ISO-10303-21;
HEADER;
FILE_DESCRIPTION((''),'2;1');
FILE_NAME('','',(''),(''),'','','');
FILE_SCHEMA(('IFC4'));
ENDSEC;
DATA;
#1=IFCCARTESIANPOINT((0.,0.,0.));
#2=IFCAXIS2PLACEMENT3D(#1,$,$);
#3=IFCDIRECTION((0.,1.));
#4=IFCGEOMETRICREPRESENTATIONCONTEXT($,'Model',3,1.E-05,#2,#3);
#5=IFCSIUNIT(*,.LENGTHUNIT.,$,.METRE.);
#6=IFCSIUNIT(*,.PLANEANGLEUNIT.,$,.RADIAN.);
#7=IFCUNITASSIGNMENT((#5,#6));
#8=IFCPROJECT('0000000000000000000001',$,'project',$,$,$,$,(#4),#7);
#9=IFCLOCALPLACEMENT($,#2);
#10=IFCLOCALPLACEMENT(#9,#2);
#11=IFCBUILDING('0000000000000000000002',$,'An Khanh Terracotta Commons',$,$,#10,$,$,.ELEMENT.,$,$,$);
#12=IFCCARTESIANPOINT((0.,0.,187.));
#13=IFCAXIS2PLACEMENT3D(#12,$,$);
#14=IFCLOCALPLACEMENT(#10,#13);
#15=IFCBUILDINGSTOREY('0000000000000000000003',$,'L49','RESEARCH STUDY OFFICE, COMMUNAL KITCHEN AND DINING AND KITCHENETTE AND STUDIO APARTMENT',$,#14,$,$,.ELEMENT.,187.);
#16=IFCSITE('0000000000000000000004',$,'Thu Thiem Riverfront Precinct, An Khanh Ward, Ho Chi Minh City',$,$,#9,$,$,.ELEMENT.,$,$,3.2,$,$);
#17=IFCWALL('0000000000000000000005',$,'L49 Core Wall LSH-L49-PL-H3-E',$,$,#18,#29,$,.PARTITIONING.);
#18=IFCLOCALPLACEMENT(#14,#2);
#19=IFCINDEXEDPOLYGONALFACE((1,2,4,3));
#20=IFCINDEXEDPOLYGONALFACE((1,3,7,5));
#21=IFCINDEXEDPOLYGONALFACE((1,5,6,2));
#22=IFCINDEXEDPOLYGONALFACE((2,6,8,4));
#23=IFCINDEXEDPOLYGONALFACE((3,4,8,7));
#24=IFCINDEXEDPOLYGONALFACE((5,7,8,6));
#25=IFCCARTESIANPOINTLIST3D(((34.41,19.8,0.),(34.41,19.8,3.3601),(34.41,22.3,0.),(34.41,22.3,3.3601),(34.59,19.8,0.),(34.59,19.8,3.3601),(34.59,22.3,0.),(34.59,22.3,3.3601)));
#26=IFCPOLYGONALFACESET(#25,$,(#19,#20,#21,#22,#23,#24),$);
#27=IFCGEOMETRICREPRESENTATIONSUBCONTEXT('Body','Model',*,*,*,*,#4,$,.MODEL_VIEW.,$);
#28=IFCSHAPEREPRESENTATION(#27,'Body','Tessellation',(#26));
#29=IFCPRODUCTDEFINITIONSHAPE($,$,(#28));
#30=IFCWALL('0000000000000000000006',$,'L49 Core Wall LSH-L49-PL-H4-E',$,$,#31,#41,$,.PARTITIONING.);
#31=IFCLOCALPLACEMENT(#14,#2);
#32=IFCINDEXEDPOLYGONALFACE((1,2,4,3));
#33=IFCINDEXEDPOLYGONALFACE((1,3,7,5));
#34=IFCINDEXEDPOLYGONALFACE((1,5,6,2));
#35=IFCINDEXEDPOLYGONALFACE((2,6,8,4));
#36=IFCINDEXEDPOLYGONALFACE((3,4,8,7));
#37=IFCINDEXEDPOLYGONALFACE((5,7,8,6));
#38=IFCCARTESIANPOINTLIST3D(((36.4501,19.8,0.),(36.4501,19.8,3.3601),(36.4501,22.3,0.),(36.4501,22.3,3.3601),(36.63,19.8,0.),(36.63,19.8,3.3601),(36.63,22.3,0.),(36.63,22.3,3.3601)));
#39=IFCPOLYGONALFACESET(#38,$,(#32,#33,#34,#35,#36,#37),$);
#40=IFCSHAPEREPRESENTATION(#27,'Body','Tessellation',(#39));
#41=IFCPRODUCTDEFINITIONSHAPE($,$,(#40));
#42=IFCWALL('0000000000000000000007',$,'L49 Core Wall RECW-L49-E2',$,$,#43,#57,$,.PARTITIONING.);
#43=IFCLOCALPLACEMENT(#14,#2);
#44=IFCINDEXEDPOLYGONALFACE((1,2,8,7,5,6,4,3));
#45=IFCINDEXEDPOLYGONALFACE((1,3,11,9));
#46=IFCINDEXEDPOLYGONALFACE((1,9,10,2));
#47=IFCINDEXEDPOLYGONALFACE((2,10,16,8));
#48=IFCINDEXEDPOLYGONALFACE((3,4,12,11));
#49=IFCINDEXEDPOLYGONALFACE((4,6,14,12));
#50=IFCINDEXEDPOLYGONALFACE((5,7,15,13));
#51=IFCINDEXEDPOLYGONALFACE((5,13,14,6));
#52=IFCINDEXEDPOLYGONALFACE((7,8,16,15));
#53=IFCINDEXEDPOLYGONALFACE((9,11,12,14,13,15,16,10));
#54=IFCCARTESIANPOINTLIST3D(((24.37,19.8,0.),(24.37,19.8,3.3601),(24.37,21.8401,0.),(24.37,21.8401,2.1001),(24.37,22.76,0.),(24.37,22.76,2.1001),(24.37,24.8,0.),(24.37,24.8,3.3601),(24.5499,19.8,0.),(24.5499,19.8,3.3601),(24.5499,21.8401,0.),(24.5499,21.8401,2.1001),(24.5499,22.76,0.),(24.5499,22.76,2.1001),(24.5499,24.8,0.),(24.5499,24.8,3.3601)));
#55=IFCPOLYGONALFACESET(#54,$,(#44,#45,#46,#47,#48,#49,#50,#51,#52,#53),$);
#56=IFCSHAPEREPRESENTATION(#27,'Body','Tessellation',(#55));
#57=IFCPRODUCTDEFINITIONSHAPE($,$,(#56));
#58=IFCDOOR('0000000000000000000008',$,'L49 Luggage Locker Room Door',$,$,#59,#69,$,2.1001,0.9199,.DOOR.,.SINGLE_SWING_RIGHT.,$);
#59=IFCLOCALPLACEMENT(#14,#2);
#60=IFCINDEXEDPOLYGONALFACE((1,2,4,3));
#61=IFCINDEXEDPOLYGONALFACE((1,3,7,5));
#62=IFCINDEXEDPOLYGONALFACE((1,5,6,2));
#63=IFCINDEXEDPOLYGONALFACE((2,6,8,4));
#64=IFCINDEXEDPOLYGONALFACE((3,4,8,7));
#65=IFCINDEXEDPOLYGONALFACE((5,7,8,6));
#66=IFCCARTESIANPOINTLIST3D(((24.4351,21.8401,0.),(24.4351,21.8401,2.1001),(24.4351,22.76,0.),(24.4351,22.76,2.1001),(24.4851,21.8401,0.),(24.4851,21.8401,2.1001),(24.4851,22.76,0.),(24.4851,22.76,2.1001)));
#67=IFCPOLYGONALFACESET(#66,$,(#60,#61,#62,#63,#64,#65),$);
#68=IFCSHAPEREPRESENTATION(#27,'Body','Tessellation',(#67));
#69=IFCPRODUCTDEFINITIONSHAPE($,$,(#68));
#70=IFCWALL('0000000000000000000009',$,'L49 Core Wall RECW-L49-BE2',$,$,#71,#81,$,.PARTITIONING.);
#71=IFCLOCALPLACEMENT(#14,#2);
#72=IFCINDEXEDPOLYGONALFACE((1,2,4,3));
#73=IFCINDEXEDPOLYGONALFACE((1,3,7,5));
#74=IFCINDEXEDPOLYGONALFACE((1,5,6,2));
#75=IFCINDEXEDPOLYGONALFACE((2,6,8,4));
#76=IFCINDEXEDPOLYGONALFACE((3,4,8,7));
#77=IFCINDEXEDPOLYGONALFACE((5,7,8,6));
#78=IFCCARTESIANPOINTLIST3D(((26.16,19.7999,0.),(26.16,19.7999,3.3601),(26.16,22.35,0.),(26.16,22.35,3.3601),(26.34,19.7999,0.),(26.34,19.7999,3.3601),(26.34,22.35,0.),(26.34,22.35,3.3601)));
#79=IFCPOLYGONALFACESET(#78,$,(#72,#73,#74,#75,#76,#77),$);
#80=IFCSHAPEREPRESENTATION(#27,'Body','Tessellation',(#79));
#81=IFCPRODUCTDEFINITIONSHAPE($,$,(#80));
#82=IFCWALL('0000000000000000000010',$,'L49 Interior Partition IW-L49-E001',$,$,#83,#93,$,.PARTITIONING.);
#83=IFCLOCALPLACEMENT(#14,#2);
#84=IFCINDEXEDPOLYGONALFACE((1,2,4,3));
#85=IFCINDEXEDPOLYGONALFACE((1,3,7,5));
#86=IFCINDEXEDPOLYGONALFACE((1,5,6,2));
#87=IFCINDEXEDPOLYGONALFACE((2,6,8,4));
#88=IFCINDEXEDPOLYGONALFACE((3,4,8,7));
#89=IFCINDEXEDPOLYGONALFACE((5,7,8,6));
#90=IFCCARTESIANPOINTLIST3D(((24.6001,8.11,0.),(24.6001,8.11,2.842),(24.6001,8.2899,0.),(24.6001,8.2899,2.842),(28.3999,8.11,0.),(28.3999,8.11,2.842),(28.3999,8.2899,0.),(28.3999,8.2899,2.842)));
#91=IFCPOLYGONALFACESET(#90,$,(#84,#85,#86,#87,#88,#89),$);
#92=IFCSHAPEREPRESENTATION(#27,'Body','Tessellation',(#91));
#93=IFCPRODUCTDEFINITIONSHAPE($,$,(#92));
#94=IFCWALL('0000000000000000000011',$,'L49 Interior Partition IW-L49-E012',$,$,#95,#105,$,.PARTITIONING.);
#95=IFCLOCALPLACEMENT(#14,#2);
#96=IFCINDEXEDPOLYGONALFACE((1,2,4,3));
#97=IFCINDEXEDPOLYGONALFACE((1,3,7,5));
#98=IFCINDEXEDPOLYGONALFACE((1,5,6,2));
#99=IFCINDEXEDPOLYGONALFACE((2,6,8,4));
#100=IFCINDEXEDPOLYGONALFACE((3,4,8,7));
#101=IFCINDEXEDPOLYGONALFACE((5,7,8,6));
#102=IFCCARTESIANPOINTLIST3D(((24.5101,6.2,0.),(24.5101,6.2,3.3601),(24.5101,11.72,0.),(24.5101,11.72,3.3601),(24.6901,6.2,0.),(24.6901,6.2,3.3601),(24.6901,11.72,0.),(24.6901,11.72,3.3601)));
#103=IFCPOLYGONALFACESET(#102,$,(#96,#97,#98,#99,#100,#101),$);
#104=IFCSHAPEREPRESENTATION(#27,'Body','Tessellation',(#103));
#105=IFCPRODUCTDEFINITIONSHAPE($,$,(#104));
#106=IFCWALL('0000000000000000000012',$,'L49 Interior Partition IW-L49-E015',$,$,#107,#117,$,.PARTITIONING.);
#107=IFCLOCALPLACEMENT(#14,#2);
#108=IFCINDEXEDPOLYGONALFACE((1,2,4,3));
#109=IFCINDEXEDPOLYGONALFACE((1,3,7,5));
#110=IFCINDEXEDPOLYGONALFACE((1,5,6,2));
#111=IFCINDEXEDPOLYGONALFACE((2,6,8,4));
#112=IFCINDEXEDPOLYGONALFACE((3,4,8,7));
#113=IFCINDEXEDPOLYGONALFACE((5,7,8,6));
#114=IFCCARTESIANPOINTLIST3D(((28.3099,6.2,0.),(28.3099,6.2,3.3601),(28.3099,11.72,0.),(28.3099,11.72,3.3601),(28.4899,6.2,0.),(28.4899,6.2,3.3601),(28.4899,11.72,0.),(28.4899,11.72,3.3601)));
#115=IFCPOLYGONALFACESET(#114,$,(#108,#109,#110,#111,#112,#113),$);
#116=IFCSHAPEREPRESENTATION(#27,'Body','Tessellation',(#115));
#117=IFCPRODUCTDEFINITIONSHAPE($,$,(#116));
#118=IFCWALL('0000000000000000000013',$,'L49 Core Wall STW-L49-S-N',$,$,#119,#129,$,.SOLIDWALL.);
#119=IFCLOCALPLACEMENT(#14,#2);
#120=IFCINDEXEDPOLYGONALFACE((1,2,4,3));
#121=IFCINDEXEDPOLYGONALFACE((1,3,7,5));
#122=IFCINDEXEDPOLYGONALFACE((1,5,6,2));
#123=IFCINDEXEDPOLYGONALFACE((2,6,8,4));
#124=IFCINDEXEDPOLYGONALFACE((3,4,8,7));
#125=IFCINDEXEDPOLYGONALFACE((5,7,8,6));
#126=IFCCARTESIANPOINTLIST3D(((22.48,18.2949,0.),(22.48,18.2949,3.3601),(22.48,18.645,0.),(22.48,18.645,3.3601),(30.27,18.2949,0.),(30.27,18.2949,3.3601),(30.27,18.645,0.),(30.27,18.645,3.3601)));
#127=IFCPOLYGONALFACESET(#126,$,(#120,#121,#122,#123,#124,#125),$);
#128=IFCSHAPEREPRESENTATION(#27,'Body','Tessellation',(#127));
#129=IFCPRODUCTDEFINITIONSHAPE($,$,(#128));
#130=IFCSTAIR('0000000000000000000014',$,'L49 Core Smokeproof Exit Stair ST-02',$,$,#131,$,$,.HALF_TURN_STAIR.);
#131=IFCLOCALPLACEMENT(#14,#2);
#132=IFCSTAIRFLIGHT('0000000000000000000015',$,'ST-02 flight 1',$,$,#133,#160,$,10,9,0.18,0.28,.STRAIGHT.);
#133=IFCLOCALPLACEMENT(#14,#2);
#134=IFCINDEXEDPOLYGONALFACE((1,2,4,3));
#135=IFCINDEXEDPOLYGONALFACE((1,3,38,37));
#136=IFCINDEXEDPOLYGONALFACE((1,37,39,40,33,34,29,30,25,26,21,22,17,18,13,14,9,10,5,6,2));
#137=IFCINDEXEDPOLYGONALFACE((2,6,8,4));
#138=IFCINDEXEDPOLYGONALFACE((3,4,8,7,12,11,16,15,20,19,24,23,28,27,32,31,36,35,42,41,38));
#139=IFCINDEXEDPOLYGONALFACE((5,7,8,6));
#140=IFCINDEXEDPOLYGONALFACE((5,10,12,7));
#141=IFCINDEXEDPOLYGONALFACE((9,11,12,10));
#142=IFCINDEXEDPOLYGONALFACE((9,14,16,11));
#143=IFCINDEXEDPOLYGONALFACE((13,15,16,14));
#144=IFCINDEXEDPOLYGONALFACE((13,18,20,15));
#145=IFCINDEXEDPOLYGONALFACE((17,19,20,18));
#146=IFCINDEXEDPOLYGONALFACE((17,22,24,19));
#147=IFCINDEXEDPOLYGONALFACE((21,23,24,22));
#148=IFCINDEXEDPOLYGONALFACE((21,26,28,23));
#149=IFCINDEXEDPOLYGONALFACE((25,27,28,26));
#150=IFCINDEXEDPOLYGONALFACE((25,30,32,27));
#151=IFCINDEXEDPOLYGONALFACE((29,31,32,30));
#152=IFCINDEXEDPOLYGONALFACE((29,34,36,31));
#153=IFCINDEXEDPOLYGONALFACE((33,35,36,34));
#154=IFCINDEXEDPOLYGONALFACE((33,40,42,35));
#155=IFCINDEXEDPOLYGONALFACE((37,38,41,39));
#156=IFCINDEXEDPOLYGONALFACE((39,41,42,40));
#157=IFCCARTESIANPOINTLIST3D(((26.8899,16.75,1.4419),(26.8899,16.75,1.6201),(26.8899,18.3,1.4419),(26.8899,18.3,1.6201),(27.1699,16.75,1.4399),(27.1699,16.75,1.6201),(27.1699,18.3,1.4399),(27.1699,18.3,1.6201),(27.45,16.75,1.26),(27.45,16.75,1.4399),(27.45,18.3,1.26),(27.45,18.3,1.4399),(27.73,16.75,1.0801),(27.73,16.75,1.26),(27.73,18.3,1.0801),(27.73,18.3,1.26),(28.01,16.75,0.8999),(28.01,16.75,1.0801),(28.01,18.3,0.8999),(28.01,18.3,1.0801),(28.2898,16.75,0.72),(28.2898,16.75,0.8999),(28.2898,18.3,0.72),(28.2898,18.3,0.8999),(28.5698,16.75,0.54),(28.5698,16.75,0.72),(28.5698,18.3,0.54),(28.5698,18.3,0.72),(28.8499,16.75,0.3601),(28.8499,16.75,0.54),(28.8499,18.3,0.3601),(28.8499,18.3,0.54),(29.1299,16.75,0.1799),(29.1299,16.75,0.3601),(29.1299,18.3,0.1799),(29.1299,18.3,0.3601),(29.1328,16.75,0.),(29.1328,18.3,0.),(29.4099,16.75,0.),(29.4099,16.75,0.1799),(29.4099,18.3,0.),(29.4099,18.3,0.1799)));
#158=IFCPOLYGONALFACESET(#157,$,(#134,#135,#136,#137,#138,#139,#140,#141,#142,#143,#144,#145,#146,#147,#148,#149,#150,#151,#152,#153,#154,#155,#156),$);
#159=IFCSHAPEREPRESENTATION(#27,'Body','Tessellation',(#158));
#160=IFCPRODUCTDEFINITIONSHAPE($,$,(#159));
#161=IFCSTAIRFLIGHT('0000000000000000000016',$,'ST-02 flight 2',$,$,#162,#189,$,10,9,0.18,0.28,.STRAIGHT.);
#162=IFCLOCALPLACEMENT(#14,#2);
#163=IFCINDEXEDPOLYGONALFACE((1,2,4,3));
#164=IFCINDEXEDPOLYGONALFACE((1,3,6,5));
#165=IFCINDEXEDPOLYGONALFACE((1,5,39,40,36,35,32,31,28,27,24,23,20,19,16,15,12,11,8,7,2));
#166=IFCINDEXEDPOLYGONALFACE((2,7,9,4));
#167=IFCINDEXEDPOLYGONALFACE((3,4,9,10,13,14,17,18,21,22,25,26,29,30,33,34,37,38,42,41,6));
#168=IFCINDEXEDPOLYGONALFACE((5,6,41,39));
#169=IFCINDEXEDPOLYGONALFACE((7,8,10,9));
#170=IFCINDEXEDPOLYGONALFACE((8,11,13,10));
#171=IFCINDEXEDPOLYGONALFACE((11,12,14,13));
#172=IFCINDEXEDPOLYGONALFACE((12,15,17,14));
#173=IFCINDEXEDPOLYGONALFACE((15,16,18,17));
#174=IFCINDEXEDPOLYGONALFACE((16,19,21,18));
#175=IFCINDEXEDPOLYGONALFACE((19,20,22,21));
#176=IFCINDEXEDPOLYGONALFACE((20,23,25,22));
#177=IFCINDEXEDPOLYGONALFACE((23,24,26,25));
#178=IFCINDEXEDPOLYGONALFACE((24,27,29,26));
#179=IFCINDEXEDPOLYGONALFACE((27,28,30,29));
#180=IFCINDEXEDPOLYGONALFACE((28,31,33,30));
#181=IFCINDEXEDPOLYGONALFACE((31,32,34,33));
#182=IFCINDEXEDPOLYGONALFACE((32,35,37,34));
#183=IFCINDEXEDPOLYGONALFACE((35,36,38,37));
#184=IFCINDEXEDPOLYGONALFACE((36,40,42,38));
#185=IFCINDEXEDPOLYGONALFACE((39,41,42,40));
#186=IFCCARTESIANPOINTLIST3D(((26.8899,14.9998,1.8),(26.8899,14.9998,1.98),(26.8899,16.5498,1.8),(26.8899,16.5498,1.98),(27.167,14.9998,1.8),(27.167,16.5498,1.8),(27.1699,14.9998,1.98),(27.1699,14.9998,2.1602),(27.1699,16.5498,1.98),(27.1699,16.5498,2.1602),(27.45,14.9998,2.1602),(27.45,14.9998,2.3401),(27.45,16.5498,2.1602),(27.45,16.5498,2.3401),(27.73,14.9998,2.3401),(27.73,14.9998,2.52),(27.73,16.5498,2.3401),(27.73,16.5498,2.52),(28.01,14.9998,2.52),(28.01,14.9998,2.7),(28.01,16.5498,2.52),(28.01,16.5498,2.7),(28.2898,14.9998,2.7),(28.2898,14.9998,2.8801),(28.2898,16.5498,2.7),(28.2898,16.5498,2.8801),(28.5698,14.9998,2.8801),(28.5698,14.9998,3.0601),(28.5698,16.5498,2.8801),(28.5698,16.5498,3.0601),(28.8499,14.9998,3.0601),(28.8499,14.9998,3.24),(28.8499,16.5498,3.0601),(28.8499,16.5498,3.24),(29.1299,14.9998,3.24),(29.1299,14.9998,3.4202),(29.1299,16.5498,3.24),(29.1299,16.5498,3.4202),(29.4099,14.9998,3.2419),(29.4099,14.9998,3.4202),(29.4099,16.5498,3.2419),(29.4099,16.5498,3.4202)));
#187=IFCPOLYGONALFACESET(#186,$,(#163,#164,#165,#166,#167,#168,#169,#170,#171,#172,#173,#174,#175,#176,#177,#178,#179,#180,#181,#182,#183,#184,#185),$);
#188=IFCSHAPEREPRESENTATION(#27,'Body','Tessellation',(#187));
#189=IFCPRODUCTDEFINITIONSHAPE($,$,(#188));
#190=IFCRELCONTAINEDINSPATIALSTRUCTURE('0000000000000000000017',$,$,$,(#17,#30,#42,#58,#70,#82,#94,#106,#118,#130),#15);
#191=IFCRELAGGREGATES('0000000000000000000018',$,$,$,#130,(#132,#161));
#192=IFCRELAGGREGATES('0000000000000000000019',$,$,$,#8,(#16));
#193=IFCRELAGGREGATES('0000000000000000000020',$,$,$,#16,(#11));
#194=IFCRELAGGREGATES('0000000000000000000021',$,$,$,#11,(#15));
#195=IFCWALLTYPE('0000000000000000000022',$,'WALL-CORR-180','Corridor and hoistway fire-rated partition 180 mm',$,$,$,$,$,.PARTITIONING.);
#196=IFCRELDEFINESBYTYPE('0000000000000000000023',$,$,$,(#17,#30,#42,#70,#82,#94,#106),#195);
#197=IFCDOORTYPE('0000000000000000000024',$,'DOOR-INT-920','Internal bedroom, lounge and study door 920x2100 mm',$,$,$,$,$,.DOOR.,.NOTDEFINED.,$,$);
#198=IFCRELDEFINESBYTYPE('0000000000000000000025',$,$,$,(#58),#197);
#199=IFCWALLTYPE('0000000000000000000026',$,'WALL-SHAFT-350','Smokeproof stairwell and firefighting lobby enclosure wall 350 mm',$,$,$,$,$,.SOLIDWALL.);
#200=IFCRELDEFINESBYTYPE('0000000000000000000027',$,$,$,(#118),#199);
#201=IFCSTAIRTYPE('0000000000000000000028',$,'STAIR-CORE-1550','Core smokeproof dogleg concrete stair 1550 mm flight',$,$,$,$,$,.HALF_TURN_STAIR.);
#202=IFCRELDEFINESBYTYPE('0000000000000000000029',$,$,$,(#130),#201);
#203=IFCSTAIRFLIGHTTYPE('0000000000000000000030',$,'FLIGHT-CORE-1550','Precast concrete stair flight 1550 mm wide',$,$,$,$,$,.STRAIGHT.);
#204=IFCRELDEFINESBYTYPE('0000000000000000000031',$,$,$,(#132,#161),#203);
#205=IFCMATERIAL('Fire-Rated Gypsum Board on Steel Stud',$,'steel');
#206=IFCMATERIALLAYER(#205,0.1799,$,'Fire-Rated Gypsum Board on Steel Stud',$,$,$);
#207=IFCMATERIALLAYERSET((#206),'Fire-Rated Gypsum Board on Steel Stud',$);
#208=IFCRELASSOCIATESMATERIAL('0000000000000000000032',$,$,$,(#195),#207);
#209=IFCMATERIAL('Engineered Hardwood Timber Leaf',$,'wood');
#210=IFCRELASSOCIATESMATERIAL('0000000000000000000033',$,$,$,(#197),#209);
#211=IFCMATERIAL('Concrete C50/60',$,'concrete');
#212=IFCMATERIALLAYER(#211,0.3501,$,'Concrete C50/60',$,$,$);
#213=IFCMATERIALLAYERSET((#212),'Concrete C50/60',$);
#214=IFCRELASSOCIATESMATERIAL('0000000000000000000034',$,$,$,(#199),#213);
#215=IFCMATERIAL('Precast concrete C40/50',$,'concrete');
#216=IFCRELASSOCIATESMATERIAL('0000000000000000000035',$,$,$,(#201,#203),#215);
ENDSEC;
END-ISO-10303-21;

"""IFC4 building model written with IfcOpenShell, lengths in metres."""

from ifc_helpers import new_model, si_unit, direction, frame, frame_2d, origin, place, context, subcontext, project, spatial, polyline, rectangle, outline, extrude, material, layer, layer_set, type_object, element, fill, aggregate, save


model = new_model("IFC4")

# Units and contexts
model_context = context("Model", 3, precision=1e-05, world=origin(), true_north=direction((0.0, 1.0)))
body_context = subcontext(model_context, "Body", "Model", "MODEL_VIEW")
ifc_project = project(units=[si_unit("LENGTHUNIT", "METRE"), si_unit("PLANEANGLEUNIT", "RADIAN")], contexts=[model_context])

# Site, building, storey
site_placement = place(None, origin())
site = spatial("IfcSite", under=ifc_project, at=site_placement, Name="Thu Thiem Riverfront Precinct, An Khanh Ward, Ho Chi Minh City", CompositionType="ELEMENT", RefElevation=3.2)
building_placement = place(site_placement, origin())
building = spatial("IfcBuilding", under=site, at=building_placement, Name="An Khanh Terracotta Commons", CompositionType="ELEMENT")
storey_placement = place(building_placement, frame((0.0, 0.0, 187.0)))
storey = spatial("IfcBuildingStorey", under=building, at=storey_placement, Name="L49", Description="RESEARCH STUDY OFFICE, COMMUNAL KITCHEN AND DINING AND KITCHENETTE AND STUDIO APARTMENT", CompositionType="ELEMENT", Elevation=187.0)

# Shared definitions
ifc_material_1 = material(Name="Fire-Rated Gypsum Board on Steel Stud", Category="steel")
ifc_layer_1 = layer(ifc_material_1, 0.1799, Name="Fire-Rated Gypsum Board on Steel Stud")
ifc_layer_set_1 = layer_set([ifc_layer_1], Name="Fire-Rated Gypsum Board on Steel Stud")
wall_type_1 = type_object("IfcWallType", Name="WALL-CORR-180", Description="Corridor and hoistway fire-rated partition 180 mm", PredefinedType="PARTITIONING", material=ifc_layer_set_1)

# Walls
for number, where, z_axis, x_axis, name in (
    (1, (34.5, 19.8, 0.0), (0.0, 0.0, 1.0), (0.0, 1.0, 0.0), "L49 Core Wall LSH-L49-PL-H3-E"),
    (2, (36.54, 19.8, 0.0), (0.0, 0.0, 1.0), (0.0, 1.0, 0.0), "L49 Core Wall LSH-L49-PL-H4-E"),
):
    element("IfcWall", number, at=place(storey_placement, frame(where, z_axis=z_axis, x_axis=x_axis)), inside=storey, type_object=wall_type_1, Name=name, PredefinedType="PARTITIONING", context=body_context, shape_type="SweptSolid", body=[
        extrude(rectangle(XDim=2.5, YDim=0.1799, at=frame_2d((1.25, 0.0))), origin(), (0.0, 0.0, 1.0), 3.3601),
    ])

# Wall, opening, door
wall_1_placement = place(storey_placement, frame((24.46, 19.8, 0.0), z_axis=(0.0, 0.0, 1.0), x_axis=(0.0, 1.0, 0.0)))
wall_1 = element("IfcWall", 3, at=wall_1_placement, inside=storey, type_object=wall_type_1, Name="L49 Core Wall RECW-L49-E2", PredefinedType="PARTITIONING", context=body_context, shape_type="SweptSolid", body=[
    extrude(rectangle(XDim=5.0, YDim=0.1799, at=frame_2d((2.5, 0.0))), origin(), (0.0, 0.0, 1.0), 3.3601),
])
opening_1_placement = place(wall_1_placement, frame((2.04, 0.0, 0.0)))
opening_1 = element("IfcOpeningElement", 4, at=opening_1_placement, cuts=wall_1, PredefinedType="OPENING", context=body_context, shape_type="SweptSolid", body=[
    extrude(rectangle(XDim=0.9199, YDim=2.1001, at=frame_2d((0.46, 1.05))), frame((0.0, 0.0999, 0.0), z_axis=(0.0, -1.0, 0.0), x_axis=(1.0, 0.0, 0.0)), (0.0, 0.0, 1.0), 0.2),
])
ifc_material_2 = material(Name="Engineered Hardwood Timber Leaf", Category="wood")
door_type_1 = type_object("IfcDoorType", Name="DOOR-INT-920", Description="Internal bedroom, lounge and study door 920x2100 mm", OperationType="NOTDEFINED", PredefinedType="DOOR", material=ifc_material_2)
door_1_placement = place(opening_1_placement, origin())
door_1 = element("IfcDoor", 5, at=door_1_placement, inside=storey, type_object=door_type_1, Name="L49 Luggage Locker Room Door", OperationType="SINGLE_SWING_RIGHT", OverallHeight=2.1001, OverallWidth=0.9199, PredefinedType="DOOR", context=body_context, shape_type="SweptSolid", body=[
    extrude(rectangle(XDim=0.9199, YDim=2.1001, at=frame_2d((0.46, 1.05))), frame((0.0, 0.0249, 0.0), z_axis=(0.0, -1.0, 0.0), x_axis=(1.0, 0.0, 0.0)), (0.0, 0.0, 1.0), 0.05),
])
fill(opening_1, door_1)

# Walls
wall_2_placement = place(storey_placement, frame((26.25, 19.8, 0.0), z_axis=(0.0, 0.0, 1.0), x_axis=(0.0, 1.0, 0.0)))
element("IfcWall", 6, at=wall_2_placement, inside=storey, type_object=wall_type_1, Name="L49 Core Wall RECW-L49-BE2", PredefinedType="PARTITIONING", context=body_context, shape_type="SweptSolid", body=[
    extrude(rectangle(XDim=2.55, YDim=0.1799, at=frame_2d((1.2749, 0.0))), origin(), (0.0, 0.0, 1.0), 3.3601),
])
wall_3_placement = place(storey_placement, frame((24.6001, 8.2, 0.0), z_axis=(0.0, 0.0, 1.0), x_axis=(1.0, 0.0, 0.0)))
element("IfcWall", 7, at=wall_3_placement, inside=storey, type_object=wall_type_1, Name="L49 Interior Partition IW-L49-E001", PredefinedType="PARTITIONING", context=body_context, shape_type="SweptSolid", body=[
    extrude(rectangle(XDim=3.7998, YDim=0.1799, at=frame_2d((1.8999, 0.0))), origin(), (0.0, 0.0, 1.0), 2.842),
])
for number, where, z_axis, x_axis, name in (
    (8, (24.6001, 6.2, 0.0), (0.0, 0.0, 1.0), (0.0, 1.0, 0.0), "L49 Interior Partition IW-L49-E012"),
    (9, (28.3999, 6.2, 0.0), (0.0, 0.0, 1.0), (0.0, 1.0, 0.0), "L49 Interior Partition IW-L49-E015"),
):
    element("IfcWall", number, at=place(storey_placement, frame(where, z_axis=z_axis, x_axis=x_axis)), inside=storey, type_object=wall_type_1, Name=name, PredefinedType="PARTITIONING", context=body_context, shape_type="SweptSolid", body=[
        extrude(rectangle(XDim=5.52, YDim=0.1799, at=frame_2d((2.76, 0.0))), origin(), (0.0, 0.0, 1.0), 3.3601),
    ])
ifc_material_3 = material(Name="Concrete C50/60", Category="concrete")
ifc_layer_2 = layer(ifc_material_3, 0.3501, Name="Concrete C50/60")
ifc_layer_set_2 = layer_set([ifc_layer_2], Name="Concrete C50/60")
wall_type_2 = type_object("IfcWallType", Name="WALL-SHAFT-350", Description="Smokeproof stairwell and firefighting lobby enclosure wall 350 mm", PredefinedType="SOLIDWALL", material=ifc_layer_set_2)
wall_4_placement = place(storey_placement, frame((22.48, 18.47, 0.0), z_axis=(0.0, 0.0, 1.0), x_axis=(1.0, 0.0, 0.0)))
element("IfcWall", 10, at=wall_4_placement, inside=storey, type_object=wall_type_2, Name="L49 Core Wall STW-L49-S-N", PredefinedType="SOLIDWALL", context=body_context, shape_type="SweptSolid", body=[
    extrude(rectangle(XDim=7.79, YDim=0.3501, at=frame_2d((3.895, 0.0))), origin(), (0.0, 0.0, 1.0), 3.3601),
])

# Stair, stair flights
ifc_material_4 = material(Name="Precast concrete C40/50", Category="concrete")
stair_type = type_object("IfcStairType", Name="STAIR-CORE-1550", Description="Core smokeproof dogleg concrete stair 1550 mm flight", PredefinedType="HALF_TURN_STAIR", material=ifc_material_4)
stair_placement = place(storey_placement, origin())
stair = element("IfcStair", 11, at=stair_placement, inside=storey, type_object=stair_type, Name="L49 Core Smokeproof Exit Stair ST-02", PredefinedType="HALF_TURN_STAIR")
stair_flight_type = type_object("IfcStairFlightType", Name="FLIGHT-CORE-1550", Description="Precast concrete stair flight 1550 mm wide", PredefinedType="STRAIGHT", material=ifc_material_4)
stair_flight_1_placement = place(storey_placement, frame((29.4099, 17.5249, 0.0), z_axis=(0.0, 0.0, 1.0), x_axis=(-1.0, 0.0, 0.0)))
stair_flight_1 = element("IfcStairFlight", 12, at=stair_flight_1_placement, type_object=stair_flight_type, Name="ST-02 flight 1", NumberOfRisers=10, NumberOfTreads=9, PredefinedType="STRAIGHT", RiserHeight=0.18, TreadLength=0.28, context=body_context, shape_type="SweptSolid", body=[
    extrude(outline(polyline([(0.0, 0.0), (0.0, 0.1799), (0.28, 0.1799), (0.28, 0.3601), (0.5601, 0.3601), (0.5601, 0.54), (0.8401, 0.54), (0.8401, 0.72), (1.1201, 0.72), (1.1201, 0.8999), (1.3999, 0.8999), (1.3999, 1.0801), (1.6799, 1.0801), (1.6799, 1.26), (1.96, 1.26), (1.96, 1.4399), (2.24, 1.4399), (2.24, 1.6201), (2.52, 1.6201), (2.52, 1.8), (2.52, 1.4419), (0.2771, 0.0), (0.0, 0.0)])), frame((0.0, 0.7749, 0.0), z_axis=(0.0, -1.0, 0.0), x_axis=(1.0, 0.0, 0.0)), (0.0, 0.0, 1.0), 1.55),
])
stair_flight_2_placement = place(storey_placement, frame((26.8899, 15.7749, 1.8), z_axis=(0.0, 0.0, 1.0), x_axis=(1.0, 0.0, 0.0)))
stair_flight_2 = element("IfcStairFlight", 13, at=stair_flight_2_placement, type_object=stair_flight_type, Name="ST-02 flight 2", NumberOfRisers=10, NumberOfTreads=9, PredefinedType="STRAIGHT", RiserHeight=0.18, TreadLength=0.28, context=body_context, shape_type="SweptSolid", body=[
    extrude(outline(polyline([(0.0, 0.0), (0.0, 0.1799), (0.28, 0.1799), (0.28, 0.3601), (0.5601, 0.3601), (0.5601, 0.54), (0.8401, 0.54), (0.8401, 0.72), (1.1201, 0.72), (1.1201, 0.8999), (1.3999, 0.8999), (1.3999, 1.0801), (1.6799, 1.0801), (1.6799, 1.26), (1.96, 1.26), (1.96, 1.4399), (2.24, 1.4399), (2.24, 1.6201), (2.52, 1.6201), (2.52, 1.8), (2.52, 1.4419), (0.2771, 0.0), (0.0, 0.0)])), frame((0.0, 0.7749, 0.0), z_axis=(0.0, -1.0, 0.0), x_axis=(1.0, 0.0, 0.0)), (0.0, 0.0, 1.0), 1.55),
])
aggregate(stair, [stair_flight_1, stair_flight_2])

save(model, "model.ifc")
